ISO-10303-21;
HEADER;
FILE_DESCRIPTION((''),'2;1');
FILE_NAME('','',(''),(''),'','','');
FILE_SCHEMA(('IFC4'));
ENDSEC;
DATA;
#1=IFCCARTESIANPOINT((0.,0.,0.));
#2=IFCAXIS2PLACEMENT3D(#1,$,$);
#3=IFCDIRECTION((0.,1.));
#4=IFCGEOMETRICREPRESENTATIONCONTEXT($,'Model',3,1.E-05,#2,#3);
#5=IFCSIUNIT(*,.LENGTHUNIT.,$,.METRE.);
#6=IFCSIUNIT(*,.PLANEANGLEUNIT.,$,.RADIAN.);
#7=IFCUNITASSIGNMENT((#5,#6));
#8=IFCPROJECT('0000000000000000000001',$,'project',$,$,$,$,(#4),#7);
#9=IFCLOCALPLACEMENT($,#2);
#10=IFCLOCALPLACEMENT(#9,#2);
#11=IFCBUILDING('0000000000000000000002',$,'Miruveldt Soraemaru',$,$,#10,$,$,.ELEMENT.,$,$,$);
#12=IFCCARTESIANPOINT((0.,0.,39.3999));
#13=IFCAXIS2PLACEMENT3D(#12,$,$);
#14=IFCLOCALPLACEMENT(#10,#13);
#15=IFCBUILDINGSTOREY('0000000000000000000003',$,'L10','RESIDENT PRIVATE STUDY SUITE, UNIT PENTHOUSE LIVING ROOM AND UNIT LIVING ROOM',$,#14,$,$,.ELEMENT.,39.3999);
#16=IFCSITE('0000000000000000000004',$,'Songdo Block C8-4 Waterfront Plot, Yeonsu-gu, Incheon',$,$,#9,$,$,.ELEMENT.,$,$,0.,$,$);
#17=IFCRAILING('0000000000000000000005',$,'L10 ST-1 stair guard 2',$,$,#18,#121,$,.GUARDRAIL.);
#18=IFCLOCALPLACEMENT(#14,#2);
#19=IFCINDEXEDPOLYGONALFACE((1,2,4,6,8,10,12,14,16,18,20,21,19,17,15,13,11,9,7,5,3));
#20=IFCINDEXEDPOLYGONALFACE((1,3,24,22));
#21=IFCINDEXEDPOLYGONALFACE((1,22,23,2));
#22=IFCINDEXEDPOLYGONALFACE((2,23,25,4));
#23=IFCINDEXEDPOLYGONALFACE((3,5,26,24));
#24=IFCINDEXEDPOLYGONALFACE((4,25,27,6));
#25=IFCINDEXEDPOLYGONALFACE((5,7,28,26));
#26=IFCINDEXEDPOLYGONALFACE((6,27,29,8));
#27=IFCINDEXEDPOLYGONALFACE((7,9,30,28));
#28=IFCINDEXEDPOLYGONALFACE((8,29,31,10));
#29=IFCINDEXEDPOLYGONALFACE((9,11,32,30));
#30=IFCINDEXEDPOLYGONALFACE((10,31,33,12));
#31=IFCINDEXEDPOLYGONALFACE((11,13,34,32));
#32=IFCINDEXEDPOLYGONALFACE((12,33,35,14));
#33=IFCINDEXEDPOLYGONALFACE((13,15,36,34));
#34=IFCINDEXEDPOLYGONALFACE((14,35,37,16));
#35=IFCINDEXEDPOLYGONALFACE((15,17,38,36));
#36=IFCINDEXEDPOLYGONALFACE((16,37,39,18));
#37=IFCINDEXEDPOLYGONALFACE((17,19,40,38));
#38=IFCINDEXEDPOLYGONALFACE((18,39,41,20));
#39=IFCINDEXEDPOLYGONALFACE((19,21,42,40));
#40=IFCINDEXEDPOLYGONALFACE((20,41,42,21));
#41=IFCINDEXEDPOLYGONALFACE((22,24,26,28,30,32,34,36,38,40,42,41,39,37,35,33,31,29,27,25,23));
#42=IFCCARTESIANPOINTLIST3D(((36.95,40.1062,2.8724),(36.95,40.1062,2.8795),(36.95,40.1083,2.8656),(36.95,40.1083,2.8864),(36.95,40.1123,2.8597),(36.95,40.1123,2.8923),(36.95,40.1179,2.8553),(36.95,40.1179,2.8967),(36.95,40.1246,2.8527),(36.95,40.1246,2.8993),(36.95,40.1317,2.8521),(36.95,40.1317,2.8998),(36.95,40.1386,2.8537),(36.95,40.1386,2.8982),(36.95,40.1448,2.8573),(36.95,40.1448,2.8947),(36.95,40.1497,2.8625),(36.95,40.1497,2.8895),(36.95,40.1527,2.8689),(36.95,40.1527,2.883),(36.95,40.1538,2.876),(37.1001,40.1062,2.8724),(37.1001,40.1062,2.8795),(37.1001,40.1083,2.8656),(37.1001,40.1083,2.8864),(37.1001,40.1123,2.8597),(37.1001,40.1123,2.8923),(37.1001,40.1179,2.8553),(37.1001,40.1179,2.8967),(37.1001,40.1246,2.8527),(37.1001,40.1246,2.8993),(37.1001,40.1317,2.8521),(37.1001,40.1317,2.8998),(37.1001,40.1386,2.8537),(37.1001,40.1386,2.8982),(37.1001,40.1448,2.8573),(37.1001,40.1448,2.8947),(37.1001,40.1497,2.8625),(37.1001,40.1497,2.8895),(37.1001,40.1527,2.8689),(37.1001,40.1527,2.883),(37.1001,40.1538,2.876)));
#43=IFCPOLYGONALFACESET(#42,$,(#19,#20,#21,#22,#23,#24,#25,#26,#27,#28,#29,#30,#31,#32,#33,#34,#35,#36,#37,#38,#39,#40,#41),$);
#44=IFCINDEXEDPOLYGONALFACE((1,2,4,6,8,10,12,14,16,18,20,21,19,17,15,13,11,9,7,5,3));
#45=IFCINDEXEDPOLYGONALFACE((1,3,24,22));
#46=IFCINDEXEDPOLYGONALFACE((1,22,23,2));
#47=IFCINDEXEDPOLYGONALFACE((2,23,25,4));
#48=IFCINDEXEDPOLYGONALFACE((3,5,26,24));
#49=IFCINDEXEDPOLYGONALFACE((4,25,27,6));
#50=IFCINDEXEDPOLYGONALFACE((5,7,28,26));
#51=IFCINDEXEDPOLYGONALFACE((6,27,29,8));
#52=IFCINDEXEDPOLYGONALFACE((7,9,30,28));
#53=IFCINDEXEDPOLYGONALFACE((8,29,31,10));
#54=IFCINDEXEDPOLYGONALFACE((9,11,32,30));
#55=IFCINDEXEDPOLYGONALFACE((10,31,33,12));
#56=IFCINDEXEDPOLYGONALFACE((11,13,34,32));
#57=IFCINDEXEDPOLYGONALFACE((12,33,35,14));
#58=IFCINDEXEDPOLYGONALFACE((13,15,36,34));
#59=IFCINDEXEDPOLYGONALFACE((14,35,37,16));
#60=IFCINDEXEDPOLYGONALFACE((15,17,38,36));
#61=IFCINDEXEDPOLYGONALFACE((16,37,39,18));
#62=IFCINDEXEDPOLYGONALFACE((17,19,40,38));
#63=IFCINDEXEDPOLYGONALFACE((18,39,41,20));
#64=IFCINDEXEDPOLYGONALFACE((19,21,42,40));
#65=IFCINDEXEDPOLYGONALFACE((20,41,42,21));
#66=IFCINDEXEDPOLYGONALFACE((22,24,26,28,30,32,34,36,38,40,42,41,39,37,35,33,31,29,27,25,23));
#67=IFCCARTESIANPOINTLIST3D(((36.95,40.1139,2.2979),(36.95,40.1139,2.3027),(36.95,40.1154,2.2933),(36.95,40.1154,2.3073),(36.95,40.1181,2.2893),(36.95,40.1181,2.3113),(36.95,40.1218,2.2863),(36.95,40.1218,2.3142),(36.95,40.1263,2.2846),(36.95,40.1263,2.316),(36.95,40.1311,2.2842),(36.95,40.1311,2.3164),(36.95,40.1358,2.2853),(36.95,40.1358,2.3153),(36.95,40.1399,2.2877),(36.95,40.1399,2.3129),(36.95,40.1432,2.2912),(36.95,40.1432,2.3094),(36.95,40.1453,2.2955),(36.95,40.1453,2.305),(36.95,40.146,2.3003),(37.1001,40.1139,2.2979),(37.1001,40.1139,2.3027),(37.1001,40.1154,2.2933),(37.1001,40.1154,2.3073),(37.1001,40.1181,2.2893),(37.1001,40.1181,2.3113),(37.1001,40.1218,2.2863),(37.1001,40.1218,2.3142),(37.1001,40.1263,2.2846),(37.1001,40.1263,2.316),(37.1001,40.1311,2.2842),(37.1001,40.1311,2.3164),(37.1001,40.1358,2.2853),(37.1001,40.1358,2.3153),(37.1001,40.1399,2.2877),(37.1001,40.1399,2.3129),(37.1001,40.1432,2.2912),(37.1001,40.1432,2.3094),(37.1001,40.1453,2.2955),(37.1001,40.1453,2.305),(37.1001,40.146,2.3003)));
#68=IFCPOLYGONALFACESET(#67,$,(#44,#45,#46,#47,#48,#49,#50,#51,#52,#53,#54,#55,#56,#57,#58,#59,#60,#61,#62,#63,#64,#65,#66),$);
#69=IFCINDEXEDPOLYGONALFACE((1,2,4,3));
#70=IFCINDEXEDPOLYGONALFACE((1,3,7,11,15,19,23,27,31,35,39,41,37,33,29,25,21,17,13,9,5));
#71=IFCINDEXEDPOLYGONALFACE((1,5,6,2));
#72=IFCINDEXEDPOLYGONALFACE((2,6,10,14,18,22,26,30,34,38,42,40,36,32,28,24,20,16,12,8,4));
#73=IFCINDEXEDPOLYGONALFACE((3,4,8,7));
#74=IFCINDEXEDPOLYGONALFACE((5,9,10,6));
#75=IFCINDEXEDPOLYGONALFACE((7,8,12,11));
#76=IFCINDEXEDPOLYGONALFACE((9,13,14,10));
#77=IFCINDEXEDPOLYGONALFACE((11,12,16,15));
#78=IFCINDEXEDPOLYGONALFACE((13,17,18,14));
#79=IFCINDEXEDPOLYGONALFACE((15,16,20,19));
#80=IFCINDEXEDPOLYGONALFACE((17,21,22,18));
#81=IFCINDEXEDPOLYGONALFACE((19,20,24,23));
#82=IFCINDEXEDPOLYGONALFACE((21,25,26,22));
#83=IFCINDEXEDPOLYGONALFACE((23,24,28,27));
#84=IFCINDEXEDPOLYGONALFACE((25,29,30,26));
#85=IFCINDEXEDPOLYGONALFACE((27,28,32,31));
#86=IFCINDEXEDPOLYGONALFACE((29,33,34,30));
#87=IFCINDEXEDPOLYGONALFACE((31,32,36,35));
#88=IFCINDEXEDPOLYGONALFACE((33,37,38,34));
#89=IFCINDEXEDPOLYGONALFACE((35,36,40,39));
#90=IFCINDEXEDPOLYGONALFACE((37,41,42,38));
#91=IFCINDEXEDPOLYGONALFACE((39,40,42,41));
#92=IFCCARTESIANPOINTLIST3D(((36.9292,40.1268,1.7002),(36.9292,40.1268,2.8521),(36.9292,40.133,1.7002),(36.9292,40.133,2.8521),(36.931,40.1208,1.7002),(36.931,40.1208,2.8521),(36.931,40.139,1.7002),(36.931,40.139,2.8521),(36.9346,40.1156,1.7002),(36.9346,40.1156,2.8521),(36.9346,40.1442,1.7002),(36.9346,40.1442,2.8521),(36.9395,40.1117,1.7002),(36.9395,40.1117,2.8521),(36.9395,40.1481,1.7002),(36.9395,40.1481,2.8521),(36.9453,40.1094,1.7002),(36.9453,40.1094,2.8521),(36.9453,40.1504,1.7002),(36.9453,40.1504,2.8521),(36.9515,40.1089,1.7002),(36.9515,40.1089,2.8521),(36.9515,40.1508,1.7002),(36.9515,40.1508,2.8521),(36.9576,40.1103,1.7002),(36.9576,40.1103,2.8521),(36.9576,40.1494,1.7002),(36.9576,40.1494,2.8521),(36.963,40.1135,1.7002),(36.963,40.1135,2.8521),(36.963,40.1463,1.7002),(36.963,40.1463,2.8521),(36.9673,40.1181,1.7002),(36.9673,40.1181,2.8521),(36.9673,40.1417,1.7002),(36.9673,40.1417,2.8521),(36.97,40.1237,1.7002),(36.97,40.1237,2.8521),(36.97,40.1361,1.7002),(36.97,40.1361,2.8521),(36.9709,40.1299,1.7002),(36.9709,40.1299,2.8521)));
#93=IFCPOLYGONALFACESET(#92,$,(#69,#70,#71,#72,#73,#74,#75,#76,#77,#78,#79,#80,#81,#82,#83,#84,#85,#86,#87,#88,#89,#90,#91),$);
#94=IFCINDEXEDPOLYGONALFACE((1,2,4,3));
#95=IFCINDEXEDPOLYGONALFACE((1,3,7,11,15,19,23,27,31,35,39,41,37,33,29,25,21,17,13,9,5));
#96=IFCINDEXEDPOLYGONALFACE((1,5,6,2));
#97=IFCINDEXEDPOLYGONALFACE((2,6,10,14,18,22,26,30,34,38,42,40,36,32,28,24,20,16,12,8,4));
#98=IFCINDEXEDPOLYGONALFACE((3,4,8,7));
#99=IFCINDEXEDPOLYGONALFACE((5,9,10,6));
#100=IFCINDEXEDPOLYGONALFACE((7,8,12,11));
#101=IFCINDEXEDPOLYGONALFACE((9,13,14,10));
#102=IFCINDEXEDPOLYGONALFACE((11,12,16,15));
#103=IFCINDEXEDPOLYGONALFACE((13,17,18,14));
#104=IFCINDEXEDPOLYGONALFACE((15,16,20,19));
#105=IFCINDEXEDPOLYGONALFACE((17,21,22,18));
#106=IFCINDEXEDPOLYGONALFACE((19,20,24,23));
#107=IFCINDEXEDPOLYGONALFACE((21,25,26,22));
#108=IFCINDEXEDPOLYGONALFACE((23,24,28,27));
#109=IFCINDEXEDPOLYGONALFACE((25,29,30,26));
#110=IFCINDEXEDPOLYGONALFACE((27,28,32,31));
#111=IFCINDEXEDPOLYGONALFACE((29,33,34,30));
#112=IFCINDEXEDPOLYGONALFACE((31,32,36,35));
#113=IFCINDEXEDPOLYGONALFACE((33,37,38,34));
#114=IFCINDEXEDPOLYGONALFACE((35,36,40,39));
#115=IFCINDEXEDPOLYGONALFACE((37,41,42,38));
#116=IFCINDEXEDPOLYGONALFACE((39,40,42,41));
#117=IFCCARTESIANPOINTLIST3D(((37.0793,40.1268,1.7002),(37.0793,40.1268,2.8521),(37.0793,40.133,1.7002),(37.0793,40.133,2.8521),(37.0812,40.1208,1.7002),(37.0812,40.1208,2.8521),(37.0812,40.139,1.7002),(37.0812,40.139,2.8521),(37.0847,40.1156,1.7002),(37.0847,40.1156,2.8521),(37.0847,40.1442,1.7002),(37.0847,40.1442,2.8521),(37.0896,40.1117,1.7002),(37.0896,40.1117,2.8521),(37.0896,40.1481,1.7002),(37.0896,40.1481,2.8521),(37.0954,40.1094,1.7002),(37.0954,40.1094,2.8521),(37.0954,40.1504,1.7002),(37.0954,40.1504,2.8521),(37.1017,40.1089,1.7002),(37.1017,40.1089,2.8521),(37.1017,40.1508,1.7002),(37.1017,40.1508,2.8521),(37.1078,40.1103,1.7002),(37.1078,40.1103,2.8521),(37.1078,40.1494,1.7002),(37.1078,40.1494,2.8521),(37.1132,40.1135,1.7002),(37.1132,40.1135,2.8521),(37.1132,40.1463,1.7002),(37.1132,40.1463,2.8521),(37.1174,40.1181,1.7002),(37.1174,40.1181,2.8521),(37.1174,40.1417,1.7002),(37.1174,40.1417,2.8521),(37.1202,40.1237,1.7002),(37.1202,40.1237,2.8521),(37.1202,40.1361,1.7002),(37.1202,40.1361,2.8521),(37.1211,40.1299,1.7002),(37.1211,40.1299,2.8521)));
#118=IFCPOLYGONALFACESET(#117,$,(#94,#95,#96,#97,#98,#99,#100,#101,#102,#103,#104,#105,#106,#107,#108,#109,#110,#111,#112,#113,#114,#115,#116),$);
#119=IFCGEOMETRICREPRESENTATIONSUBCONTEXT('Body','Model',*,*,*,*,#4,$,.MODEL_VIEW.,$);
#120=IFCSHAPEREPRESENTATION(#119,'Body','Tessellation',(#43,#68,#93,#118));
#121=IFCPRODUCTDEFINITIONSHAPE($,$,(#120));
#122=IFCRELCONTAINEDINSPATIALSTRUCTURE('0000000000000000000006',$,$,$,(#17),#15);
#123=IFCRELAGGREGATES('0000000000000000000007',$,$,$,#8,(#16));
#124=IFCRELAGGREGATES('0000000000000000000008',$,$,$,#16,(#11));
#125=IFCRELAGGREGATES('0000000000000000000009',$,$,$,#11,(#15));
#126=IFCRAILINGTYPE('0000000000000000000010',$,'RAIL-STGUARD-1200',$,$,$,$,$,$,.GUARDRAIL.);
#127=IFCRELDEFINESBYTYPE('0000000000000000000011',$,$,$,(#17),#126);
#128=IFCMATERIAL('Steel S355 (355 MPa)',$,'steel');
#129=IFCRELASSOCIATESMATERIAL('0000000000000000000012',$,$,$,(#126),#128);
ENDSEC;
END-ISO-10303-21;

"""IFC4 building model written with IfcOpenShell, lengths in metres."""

from ifc_helpers import new_model, si_unit, direction, frame, origin, origin_2d, place, context, subcontext, project, spatial, circle, extrude, material, type_object, element, save


model = new_model("IFC4")

# Units and contexts
model_context = context("Model", 3, precision=1e-05, world=origin(), true_north=direction((0.0, 1.0)))
body_context = subcontext(model_context, "Body", "Model", "MODEL_VIEW")
ifc_project = project(units=[si_unit("LENGTHUNIT", "METRE"), si_unit("PLANEANGLEUNIT", "RADIAN")], contexts=[model_context])

# Site, building, storey
site_placement = place(None, origin())
site = spatial("IfcSite", under=ifc_project, at=site_placement, Name="Songdo Block C8-4 Waterfront Plot, Yeonsu-gu, Incheon", CompositionType="ELEMENT", RefElevation=0.0)
building_placement = place(site_placement, origin())
building = spatial("IfcBuilding", under=site, at=building_placement, Name="Miruveldt Soraemaru", CompositionType="ELEMENT")
storey_placement = place(building_placement, frame((0.0, 0.0, 39.3999)))
storey = spatial("IfcBuildingStorey", under=building, at=storey_placement, Name="L10", Description="RESIDENT PRIVATE STUDY SUITE, UNIT PENTHOUSE LIVING ROOM AND UNIT LIVING ROOM", CompositionType="ELEMENT", Elevation=39.3999)

# Railing
ifc_material_1 = material(Name="Steel S355 (355 MPa)", Category="steel")
railing_type_1 = type_object("IfcRailingType", Name="RAIL-STGUARD-1200", PredefinedType="GUARDRAIL", material=ifc_material_1)
railing_1_placement = place(storey_placement, frame((36.95, 40.1299, 1.7002)))
element("IfcRailing", 1, at=railing_1_placement, inside=storey, type_object=railing_type_1, Name="L10 ST-1 stair guard 2", PredefinedType="GUARDRAIL", context=body_context, shape_type="SweptSolid", body=[
    extrude(circle(Radius=0.0239, at=origin_2d()), frame((0.0, 0.0, 1.1758), z_axis=(1.0, 0.0, 0.0), x_axis=(0.0, 1.0, 0.0)), (0.0, 0.0, 1.0), 0.1501),
    extrude(circle(Radius=0.0161, at=origin_2d()), frame((0.0, 0.0, 0.6001), z_axis=(1.0, 0.0, 0.0), x_axis=(0.0, 1.0, 0.0)), (0.0, 0.0, 1.0), 0.1501),
    extrude(circle(Radius=0.021, at=origin_2d()), origin(), (0.0, 0.0, 1.0), 1.1519),
    extrude(circle(Radius=0.021, at=origin_2d()), frame((0.1501, 0.0, 0.0)), (0.0, 0.0, 1.0), 1.1519),
])

save(model, "model.ifc")
